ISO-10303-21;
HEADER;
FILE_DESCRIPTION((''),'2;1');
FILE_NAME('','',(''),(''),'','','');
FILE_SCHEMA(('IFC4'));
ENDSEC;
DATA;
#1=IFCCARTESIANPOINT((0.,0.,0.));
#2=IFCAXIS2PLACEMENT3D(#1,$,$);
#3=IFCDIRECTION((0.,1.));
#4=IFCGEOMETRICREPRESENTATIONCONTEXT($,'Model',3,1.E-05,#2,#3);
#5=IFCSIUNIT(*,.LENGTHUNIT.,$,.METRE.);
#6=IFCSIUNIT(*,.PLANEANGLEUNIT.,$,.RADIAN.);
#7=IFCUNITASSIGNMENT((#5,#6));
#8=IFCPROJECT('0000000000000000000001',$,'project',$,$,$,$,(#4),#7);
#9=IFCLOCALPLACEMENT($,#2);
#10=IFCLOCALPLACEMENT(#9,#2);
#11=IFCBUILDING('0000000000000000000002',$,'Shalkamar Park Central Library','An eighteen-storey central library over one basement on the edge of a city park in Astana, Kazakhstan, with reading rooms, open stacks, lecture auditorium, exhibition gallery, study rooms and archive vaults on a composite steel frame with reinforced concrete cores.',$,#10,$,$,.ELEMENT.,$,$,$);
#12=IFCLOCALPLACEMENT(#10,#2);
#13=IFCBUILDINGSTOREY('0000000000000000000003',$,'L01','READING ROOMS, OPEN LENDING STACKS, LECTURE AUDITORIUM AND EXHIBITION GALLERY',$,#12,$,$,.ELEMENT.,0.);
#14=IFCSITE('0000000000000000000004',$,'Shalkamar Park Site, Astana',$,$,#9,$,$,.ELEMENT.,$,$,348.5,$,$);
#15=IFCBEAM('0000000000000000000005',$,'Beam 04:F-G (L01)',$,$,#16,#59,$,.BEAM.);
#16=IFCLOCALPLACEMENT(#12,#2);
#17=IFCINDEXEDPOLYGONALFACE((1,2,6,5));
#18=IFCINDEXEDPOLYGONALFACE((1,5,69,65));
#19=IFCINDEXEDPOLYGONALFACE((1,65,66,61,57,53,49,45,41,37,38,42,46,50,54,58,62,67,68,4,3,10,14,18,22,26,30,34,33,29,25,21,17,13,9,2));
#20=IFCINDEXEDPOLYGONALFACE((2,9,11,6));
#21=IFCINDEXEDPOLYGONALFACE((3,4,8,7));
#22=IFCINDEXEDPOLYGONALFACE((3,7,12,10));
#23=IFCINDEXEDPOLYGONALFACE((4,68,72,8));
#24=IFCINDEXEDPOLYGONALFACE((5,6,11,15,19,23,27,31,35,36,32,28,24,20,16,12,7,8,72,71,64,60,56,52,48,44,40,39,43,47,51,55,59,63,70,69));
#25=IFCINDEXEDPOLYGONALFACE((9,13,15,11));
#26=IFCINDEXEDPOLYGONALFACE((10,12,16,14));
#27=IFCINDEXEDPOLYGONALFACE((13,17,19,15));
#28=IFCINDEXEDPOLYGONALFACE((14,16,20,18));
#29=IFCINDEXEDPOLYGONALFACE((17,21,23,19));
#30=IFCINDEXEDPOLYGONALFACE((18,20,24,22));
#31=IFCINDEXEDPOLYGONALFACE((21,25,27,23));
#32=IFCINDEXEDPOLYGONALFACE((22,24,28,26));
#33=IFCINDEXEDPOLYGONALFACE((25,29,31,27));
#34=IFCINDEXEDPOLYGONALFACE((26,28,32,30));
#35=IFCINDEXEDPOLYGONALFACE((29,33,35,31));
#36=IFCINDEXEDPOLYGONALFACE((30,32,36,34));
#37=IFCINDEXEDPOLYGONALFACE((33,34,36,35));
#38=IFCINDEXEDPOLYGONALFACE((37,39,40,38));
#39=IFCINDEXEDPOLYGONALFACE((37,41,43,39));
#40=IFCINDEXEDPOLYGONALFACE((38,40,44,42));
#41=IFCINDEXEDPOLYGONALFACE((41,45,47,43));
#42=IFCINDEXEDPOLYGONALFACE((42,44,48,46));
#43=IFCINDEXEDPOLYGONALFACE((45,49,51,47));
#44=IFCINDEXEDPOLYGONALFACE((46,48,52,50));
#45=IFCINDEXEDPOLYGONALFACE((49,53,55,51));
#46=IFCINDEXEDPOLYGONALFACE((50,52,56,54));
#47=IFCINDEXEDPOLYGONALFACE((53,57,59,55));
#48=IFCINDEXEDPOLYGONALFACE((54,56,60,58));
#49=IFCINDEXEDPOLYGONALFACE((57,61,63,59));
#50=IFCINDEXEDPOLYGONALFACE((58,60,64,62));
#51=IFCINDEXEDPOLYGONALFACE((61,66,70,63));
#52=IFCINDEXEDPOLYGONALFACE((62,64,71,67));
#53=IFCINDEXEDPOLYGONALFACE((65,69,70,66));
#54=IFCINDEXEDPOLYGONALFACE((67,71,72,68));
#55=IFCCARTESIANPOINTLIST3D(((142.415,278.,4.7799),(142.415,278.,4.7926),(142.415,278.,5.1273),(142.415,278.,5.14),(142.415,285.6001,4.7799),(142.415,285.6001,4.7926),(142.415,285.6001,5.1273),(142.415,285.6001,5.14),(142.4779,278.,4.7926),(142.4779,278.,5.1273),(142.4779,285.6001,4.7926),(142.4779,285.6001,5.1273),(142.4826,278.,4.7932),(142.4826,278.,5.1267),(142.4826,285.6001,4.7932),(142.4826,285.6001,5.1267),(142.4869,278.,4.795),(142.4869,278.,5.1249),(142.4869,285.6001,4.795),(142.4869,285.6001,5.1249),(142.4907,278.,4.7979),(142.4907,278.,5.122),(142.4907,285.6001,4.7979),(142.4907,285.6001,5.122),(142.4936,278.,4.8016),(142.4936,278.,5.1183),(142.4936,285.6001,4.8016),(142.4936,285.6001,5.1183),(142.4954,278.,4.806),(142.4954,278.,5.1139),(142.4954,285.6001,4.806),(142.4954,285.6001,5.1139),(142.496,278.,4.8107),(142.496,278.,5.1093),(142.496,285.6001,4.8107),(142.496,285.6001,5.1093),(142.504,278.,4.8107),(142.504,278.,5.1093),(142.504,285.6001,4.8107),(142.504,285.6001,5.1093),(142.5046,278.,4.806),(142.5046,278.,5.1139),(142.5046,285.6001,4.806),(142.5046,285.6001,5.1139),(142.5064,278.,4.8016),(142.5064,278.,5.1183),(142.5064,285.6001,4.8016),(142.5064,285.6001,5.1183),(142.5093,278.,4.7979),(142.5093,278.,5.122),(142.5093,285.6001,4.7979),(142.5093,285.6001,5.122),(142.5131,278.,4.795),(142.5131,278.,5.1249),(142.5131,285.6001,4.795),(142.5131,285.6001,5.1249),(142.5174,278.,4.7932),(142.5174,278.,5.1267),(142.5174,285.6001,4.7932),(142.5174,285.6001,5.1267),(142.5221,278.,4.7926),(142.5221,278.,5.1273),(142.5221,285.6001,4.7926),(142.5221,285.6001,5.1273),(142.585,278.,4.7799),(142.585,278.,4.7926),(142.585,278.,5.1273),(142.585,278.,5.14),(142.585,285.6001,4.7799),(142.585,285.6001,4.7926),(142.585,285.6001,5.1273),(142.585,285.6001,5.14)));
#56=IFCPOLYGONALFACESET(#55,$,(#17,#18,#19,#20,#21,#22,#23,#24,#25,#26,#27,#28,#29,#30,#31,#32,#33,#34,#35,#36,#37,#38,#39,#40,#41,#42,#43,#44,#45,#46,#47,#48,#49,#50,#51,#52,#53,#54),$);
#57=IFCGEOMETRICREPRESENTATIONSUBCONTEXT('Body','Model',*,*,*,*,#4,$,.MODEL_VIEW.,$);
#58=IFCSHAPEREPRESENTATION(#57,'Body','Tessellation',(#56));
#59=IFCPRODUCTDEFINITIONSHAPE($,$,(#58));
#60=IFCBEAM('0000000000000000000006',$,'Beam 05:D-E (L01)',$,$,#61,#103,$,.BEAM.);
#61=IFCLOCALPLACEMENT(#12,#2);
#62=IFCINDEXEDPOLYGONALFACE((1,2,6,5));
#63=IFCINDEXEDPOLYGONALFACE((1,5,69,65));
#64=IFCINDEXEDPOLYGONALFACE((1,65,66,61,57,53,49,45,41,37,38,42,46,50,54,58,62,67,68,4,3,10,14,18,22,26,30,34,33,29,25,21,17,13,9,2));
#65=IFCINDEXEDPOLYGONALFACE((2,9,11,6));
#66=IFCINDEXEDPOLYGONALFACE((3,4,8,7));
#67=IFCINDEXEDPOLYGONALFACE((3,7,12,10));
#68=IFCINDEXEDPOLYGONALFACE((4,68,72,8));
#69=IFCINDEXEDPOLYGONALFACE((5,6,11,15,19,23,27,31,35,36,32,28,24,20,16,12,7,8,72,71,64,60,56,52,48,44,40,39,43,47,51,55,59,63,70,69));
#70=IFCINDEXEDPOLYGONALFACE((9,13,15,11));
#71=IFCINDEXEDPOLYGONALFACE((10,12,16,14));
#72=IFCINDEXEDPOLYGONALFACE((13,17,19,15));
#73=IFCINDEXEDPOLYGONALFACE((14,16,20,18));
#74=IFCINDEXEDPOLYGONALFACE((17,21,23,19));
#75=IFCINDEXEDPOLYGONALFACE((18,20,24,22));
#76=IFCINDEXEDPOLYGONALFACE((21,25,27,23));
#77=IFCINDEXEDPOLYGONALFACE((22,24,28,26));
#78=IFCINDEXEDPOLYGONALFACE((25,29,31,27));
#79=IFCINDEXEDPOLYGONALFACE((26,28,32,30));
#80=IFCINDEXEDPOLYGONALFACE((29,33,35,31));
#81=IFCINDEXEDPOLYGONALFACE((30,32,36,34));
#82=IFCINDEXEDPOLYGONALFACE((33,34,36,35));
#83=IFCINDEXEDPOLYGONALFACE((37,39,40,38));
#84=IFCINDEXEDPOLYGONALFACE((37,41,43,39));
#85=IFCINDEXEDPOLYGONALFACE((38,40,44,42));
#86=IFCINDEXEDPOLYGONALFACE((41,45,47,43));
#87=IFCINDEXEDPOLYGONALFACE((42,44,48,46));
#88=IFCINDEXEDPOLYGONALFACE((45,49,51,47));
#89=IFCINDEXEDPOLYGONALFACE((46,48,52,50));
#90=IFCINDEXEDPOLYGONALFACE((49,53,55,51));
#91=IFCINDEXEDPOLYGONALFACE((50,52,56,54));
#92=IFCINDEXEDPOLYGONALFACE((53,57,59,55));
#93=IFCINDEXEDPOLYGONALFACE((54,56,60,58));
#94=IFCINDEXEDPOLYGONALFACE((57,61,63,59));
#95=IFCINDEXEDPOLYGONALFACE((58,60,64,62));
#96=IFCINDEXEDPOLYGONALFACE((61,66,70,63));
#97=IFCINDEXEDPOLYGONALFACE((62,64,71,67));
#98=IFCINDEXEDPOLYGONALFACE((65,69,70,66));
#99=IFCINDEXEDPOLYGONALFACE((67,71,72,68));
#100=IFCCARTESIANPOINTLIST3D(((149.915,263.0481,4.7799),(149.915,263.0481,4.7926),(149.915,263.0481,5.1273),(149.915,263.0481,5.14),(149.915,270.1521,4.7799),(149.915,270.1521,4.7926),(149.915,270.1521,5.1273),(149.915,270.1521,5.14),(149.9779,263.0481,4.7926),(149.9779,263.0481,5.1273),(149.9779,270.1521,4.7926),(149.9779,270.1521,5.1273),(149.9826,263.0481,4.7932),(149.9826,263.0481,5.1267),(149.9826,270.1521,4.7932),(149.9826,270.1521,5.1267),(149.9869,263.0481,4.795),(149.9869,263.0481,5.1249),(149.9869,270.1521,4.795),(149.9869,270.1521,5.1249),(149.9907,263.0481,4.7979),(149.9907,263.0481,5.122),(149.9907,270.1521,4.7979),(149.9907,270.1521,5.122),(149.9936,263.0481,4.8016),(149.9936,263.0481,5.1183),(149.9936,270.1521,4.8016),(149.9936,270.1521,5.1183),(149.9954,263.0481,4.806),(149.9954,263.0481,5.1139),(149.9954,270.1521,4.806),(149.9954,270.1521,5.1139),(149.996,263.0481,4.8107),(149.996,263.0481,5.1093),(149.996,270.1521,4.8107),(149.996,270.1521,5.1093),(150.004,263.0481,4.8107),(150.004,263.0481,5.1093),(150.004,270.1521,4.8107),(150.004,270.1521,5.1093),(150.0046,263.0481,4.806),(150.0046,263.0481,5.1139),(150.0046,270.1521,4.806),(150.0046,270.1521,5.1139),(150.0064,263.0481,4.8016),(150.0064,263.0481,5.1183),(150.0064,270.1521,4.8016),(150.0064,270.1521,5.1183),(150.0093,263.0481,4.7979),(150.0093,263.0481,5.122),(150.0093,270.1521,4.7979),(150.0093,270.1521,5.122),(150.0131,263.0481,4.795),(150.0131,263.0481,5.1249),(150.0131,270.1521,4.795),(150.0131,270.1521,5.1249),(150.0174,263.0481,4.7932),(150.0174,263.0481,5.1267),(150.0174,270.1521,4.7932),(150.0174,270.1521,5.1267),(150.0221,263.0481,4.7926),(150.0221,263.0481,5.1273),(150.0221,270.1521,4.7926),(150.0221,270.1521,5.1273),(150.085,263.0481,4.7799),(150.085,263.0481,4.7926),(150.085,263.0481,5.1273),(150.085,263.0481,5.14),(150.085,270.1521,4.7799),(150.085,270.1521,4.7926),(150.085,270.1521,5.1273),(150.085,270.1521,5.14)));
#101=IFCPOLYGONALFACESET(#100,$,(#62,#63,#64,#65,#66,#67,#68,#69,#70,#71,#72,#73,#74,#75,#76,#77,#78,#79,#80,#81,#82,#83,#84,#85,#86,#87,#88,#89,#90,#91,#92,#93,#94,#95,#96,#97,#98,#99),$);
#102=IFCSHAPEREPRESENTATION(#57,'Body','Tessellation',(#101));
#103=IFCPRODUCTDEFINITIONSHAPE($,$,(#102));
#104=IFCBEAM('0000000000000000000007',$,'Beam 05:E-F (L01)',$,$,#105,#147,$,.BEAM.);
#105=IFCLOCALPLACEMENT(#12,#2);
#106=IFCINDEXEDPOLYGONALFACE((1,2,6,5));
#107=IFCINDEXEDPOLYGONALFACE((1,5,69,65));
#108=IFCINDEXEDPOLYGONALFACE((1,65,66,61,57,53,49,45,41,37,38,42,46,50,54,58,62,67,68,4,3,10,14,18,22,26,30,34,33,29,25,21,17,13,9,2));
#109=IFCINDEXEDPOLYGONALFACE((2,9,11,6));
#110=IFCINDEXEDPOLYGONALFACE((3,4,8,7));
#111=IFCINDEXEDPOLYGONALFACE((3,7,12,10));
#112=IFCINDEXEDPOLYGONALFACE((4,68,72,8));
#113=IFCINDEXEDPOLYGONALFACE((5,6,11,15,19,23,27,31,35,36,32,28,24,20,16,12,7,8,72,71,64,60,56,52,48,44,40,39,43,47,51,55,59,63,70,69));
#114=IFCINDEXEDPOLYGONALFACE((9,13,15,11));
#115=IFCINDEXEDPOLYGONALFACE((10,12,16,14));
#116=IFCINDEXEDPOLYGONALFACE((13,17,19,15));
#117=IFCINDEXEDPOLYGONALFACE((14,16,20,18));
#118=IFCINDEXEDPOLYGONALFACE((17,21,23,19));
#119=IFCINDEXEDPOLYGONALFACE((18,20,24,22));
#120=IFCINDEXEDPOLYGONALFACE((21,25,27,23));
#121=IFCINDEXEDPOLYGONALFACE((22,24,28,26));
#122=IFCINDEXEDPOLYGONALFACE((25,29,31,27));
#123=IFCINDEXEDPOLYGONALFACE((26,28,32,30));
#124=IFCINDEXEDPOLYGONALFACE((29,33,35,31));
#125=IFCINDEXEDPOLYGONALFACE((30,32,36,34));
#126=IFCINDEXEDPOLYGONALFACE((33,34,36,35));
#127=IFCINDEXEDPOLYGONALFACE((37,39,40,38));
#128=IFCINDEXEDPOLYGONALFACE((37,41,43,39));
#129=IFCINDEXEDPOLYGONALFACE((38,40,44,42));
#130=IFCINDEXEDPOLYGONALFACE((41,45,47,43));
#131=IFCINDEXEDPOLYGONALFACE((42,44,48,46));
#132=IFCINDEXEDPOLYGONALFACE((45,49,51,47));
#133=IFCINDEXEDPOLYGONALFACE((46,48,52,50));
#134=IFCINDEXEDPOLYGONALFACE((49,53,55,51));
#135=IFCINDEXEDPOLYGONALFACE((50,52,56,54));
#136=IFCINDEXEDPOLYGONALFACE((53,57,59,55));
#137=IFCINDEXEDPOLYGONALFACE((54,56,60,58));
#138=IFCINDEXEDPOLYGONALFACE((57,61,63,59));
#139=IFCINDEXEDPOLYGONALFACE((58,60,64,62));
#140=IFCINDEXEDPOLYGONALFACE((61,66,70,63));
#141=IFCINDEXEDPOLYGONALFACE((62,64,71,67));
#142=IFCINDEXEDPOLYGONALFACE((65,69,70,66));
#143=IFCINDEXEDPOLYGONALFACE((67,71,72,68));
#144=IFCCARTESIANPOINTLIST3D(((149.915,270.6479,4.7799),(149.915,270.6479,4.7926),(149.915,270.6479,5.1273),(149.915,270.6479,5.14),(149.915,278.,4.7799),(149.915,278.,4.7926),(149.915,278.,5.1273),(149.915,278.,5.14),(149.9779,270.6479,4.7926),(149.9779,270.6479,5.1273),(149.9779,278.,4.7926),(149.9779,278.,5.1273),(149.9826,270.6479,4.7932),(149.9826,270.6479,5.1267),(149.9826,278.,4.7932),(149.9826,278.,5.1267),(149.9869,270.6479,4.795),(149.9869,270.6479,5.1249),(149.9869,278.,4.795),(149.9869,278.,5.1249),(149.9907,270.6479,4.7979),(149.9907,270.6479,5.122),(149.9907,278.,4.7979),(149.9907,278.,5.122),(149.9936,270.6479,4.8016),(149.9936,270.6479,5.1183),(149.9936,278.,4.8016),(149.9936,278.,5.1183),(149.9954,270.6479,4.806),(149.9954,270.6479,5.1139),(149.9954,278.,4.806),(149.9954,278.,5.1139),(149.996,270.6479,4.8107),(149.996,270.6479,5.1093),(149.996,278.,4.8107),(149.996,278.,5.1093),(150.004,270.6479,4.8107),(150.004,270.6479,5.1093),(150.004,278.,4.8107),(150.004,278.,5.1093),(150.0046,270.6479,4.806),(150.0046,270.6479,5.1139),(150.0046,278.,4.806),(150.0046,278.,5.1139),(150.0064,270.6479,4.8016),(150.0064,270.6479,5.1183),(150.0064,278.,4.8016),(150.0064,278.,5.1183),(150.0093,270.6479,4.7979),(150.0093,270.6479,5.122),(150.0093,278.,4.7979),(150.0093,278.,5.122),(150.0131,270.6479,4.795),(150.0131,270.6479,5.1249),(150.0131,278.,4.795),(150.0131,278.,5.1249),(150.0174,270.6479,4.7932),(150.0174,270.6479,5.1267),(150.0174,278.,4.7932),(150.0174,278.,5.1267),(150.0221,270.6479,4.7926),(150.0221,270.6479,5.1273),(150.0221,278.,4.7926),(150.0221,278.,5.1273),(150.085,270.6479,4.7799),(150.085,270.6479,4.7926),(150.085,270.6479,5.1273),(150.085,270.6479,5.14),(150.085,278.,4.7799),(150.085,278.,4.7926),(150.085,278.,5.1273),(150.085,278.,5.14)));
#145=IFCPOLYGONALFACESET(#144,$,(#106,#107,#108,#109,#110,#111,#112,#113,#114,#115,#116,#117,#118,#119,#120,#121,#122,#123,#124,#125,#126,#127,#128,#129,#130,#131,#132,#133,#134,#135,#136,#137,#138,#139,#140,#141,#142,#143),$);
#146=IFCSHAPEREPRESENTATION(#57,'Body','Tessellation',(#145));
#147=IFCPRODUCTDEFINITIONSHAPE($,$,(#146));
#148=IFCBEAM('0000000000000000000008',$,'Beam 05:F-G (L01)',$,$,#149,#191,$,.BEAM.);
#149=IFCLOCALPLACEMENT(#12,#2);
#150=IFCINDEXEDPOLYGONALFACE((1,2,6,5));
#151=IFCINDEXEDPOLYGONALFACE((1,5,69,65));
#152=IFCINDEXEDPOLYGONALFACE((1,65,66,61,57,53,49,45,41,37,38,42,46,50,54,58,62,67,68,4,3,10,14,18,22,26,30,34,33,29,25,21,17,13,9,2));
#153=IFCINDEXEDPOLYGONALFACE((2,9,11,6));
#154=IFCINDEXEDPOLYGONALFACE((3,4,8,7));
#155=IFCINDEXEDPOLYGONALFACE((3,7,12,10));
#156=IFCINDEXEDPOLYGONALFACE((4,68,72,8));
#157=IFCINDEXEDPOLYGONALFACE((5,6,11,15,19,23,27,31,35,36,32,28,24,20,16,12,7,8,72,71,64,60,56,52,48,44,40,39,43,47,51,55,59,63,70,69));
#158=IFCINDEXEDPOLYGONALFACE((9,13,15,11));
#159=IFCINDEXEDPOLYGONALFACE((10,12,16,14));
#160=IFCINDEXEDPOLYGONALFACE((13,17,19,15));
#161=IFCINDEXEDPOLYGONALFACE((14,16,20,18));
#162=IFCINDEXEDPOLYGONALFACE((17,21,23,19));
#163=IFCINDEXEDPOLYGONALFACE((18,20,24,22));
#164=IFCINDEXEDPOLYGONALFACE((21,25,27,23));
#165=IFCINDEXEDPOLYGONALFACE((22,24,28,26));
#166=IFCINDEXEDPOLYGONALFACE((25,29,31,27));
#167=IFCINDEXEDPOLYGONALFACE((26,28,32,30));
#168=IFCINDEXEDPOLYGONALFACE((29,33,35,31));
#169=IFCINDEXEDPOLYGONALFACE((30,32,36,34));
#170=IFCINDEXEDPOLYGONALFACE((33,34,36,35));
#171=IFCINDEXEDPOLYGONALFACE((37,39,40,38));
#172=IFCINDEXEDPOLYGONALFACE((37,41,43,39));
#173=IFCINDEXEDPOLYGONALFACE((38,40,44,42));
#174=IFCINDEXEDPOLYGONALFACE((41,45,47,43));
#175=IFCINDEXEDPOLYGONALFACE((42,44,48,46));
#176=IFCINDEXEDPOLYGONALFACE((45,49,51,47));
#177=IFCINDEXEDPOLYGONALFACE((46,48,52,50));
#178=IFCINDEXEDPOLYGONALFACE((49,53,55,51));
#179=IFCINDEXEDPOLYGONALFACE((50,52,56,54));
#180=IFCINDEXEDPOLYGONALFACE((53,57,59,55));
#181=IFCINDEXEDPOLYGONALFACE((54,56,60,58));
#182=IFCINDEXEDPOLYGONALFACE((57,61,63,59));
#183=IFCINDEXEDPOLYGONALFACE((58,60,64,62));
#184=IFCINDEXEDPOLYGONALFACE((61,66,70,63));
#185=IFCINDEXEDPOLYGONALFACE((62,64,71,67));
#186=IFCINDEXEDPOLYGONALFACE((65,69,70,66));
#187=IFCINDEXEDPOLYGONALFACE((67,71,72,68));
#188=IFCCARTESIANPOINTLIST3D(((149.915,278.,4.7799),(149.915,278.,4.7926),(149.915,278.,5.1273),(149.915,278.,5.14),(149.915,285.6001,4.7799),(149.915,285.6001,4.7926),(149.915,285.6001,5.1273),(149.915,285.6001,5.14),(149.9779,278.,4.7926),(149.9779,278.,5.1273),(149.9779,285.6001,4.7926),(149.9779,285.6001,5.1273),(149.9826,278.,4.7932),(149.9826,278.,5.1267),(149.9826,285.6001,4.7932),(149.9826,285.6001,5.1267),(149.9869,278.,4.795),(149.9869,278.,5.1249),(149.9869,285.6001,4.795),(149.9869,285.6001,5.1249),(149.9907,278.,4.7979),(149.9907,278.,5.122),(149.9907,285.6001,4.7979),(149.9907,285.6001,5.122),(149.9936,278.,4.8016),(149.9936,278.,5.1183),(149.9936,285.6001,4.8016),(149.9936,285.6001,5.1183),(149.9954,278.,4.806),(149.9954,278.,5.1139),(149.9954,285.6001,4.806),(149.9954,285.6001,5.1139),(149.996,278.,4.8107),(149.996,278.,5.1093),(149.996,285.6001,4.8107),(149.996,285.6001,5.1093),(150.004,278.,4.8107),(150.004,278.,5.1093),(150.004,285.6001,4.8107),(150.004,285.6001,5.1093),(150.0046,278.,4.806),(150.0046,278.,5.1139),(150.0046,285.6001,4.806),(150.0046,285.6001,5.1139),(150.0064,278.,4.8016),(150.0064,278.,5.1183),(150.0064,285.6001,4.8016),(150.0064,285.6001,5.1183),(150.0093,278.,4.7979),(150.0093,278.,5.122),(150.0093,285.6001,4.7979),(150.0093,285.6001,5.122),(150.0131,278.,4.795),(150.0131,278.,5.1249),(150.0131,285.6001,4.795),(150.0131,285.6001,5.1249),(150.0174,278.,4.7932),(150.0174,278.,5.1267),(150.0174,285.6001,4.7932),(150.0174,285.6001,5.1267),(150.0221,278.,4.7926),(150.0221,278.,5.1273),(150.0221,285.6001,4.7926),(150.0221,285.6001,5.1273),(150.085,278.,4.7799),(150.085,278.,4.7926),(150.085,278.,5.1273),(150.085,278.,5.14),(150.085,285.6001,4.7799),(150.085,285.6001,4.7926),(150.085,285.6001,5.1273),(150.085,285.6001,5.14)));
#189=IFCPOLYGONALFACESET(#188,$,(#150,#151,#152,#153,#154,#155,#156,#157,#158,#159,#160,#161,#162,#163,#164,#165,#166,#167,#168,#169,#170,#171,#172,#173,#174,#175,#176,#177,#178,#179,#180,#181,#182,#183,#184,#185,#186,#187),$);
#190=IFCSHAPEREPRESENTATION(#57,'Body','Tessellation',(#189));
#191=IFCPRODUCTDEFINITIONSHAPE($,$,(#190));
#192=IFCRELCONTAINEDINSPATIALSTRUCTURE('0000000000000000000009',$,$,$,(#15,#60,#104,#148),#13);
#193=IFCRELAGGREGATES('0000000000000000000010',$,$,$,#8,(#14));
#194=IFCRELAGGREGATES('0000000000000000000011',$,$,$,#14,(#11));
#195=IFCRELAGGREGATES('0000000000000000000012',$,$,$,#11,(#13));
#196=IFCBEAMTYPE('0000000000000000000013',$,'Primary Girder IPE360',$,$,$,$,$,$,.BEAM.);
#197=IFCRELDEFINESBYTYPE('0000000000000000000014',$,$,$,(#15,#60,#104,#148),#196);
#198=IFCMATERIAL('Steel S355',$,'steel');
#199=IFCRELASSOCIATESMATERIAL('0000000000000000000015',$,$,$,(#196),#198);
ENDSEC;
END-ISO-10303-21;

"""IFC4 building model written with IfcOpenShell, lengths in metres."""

from ifc_helpers import new_model, si_unit, direction, frame, origin, origin_2d, place, context, subcontext, project, spatial, i_section, extrude, material, material_profile, profile_set, type_object, element, save


model = new_model("IFC4")

# Units and contexts
model_context = context("Model", 3, precision=1e-05, world=origin(), true_north=direction((0.0, 1.0)))
body_context = subcontext(model_context, "Body", "Model", "MODEL_VIEW")
ifc_project = project(units=[si_unit("LENGTHUNIT", "METRE"), si_unit("PLANEANGLEUNIT", "RADIAN")], contexts=[model_context])

# Site, building, storey
site_placement = place(None, origin())
site = spatial("IfcSite", under=ifc_project, at=site_placement, Name="Shalkamar Park Site, Astana", CompositionType="ELEMENT", RefElevation=348.5)
building_placement = place(site_placement, origin())
building = spatial("IfcBuilding", under=site, at=building_placement, Name="Shalkamar Park Central Library", Description="An eighteen-storey central library over one basement on the edge of a city park in Astana, Kazakhstan, with reading rooms, open stacks, lecture auditorium, exhibition gallery, study rooms and archive vaults on a composite steel frame with reinforced concrete cores.", CompositionType="ELEMENT")
storey_placement = place(building_placement, origin())
storey = spatial("IfcBuildingStorey", under=building, at=storey_placement, Name="L01", Description="READING ROOMS, OPEN LENDING STACKS, LECTURE AUDITORIUM AND EXHIBITION GALLERY", CompositionType="ELEMENT", Elevation=0.0)

# Shared definitions
ifc_material_1 = material(Name="Steel S355", Category="steel")

# Beams
ifc_material_profile_1 = material_profile(ifc_material_1, i_section(OverallWidth=0.1699, OverallDepth=0.3601, WebThickness=0.0081, FlangeThickness=0.0127, FilletRadius=0.0181, at=origin_2d()), Name="IPE 360")
ifc_profile_set_1 = profile_set([ifc_material_profile_1], Name="Steel S355")
beam_type_1 = type_object("IfcBeamType", Name="Primary Girder IPE360", PredefinedType="BEAM", material=ifc_profile_set_1)
beam_1_placement = place(storey_placement, frame((142.5, 278.0, 4.96), z_axis=(0.0, 1.0, 0.0), x_axis=(-1.0, 0.0, 0.0)))
element("IfcBeam", 1, at=beam_1_placement, inside=storey, type_object=beam_type_1, Name="Beam 04:F-G (L01)", PredefinedType="BEAM", context=body_context, shape_type="SweptSolid", body=[
    extrude(i_section(OverallWidth=0.1699, OverallDepth=0.3601, WebThickness=0.0081, FlangeThickness=0.0127, FilletRadius=0.0181, at=origin_2d()), origin(), (0.0, 0.0, 1.0), 7.6001),
])
beam_2_placement = place(storey_placement, frame((150.0, 263.0481, 4.96), z_axis=(0.0, 1.0, 0.0), x_axis=(-1.0, 0.0, 0.0)))
element("IfcBeam", 2, at=beam_2_placement, inside=storey, type_object=beam_type_1, Name="Beam 05:D-E (L01)", PredefinedType="BEAM", context=body_context, shape_type="SweptSolid", body=[
    extrude(i_section(OverallWidth=0.1699, OverallDepth=0.3601, WebThickness=0.0081, FlangeThickness=0.0127, FilletRadius=0.0181, at=origin_2d()), origin(), (0.0, 0.0, 1.0), 7.104),
])
beam_3_placement = place(storey_placement, frame((150.0, 270.6479, 4.96), z_axis=(0.0, 1.0, 0.0), x_axis=(-1.0, 0.0, 0.0)))
element("IfcBeam", 3, at=beam_3_placement, inside=storey, type_object=beam_type_1, Name="Beam 05:E-F (L01)", PredefinedType="BEAM", context=body_context, shape_type="SweptSolid", body=[
    extrude(i_section(OverallWidth=0.1699, OverallDepth=0.3601, WebThickness=0.0081, FlangeThickness=0.0127, FilletRadius=0.0181, at=origin_2d()), origin(), (0.0, 0.0, 1.0), 7.3521),
])
beam_4_placement = place(storey_placement, frame((150.0, 278.0, 4.96), z_axis=(0.0, 1.0, 0.0), x_axis=(-1.0, 0.0, 0.0)))
element("IfcBeam", 4, at=beam_4_placement, inside=storey, type_object=beam_type_1, Name="Beam 05:F-G (L01)", PredefinedType="BEAM", context=body_context, shape_type="SweptSolid", body=[
    extrude(i_section(OverallWidth=0.1699, OverallDepth=0.3601, WebThickness=0.0081, FlangeThickness=0.0127, FilletRadius=0.0181, at=origin_2d()), origin(), (0.0, 0.0, 1.0), 7.6001),
])

save(model, "model.ifc")
